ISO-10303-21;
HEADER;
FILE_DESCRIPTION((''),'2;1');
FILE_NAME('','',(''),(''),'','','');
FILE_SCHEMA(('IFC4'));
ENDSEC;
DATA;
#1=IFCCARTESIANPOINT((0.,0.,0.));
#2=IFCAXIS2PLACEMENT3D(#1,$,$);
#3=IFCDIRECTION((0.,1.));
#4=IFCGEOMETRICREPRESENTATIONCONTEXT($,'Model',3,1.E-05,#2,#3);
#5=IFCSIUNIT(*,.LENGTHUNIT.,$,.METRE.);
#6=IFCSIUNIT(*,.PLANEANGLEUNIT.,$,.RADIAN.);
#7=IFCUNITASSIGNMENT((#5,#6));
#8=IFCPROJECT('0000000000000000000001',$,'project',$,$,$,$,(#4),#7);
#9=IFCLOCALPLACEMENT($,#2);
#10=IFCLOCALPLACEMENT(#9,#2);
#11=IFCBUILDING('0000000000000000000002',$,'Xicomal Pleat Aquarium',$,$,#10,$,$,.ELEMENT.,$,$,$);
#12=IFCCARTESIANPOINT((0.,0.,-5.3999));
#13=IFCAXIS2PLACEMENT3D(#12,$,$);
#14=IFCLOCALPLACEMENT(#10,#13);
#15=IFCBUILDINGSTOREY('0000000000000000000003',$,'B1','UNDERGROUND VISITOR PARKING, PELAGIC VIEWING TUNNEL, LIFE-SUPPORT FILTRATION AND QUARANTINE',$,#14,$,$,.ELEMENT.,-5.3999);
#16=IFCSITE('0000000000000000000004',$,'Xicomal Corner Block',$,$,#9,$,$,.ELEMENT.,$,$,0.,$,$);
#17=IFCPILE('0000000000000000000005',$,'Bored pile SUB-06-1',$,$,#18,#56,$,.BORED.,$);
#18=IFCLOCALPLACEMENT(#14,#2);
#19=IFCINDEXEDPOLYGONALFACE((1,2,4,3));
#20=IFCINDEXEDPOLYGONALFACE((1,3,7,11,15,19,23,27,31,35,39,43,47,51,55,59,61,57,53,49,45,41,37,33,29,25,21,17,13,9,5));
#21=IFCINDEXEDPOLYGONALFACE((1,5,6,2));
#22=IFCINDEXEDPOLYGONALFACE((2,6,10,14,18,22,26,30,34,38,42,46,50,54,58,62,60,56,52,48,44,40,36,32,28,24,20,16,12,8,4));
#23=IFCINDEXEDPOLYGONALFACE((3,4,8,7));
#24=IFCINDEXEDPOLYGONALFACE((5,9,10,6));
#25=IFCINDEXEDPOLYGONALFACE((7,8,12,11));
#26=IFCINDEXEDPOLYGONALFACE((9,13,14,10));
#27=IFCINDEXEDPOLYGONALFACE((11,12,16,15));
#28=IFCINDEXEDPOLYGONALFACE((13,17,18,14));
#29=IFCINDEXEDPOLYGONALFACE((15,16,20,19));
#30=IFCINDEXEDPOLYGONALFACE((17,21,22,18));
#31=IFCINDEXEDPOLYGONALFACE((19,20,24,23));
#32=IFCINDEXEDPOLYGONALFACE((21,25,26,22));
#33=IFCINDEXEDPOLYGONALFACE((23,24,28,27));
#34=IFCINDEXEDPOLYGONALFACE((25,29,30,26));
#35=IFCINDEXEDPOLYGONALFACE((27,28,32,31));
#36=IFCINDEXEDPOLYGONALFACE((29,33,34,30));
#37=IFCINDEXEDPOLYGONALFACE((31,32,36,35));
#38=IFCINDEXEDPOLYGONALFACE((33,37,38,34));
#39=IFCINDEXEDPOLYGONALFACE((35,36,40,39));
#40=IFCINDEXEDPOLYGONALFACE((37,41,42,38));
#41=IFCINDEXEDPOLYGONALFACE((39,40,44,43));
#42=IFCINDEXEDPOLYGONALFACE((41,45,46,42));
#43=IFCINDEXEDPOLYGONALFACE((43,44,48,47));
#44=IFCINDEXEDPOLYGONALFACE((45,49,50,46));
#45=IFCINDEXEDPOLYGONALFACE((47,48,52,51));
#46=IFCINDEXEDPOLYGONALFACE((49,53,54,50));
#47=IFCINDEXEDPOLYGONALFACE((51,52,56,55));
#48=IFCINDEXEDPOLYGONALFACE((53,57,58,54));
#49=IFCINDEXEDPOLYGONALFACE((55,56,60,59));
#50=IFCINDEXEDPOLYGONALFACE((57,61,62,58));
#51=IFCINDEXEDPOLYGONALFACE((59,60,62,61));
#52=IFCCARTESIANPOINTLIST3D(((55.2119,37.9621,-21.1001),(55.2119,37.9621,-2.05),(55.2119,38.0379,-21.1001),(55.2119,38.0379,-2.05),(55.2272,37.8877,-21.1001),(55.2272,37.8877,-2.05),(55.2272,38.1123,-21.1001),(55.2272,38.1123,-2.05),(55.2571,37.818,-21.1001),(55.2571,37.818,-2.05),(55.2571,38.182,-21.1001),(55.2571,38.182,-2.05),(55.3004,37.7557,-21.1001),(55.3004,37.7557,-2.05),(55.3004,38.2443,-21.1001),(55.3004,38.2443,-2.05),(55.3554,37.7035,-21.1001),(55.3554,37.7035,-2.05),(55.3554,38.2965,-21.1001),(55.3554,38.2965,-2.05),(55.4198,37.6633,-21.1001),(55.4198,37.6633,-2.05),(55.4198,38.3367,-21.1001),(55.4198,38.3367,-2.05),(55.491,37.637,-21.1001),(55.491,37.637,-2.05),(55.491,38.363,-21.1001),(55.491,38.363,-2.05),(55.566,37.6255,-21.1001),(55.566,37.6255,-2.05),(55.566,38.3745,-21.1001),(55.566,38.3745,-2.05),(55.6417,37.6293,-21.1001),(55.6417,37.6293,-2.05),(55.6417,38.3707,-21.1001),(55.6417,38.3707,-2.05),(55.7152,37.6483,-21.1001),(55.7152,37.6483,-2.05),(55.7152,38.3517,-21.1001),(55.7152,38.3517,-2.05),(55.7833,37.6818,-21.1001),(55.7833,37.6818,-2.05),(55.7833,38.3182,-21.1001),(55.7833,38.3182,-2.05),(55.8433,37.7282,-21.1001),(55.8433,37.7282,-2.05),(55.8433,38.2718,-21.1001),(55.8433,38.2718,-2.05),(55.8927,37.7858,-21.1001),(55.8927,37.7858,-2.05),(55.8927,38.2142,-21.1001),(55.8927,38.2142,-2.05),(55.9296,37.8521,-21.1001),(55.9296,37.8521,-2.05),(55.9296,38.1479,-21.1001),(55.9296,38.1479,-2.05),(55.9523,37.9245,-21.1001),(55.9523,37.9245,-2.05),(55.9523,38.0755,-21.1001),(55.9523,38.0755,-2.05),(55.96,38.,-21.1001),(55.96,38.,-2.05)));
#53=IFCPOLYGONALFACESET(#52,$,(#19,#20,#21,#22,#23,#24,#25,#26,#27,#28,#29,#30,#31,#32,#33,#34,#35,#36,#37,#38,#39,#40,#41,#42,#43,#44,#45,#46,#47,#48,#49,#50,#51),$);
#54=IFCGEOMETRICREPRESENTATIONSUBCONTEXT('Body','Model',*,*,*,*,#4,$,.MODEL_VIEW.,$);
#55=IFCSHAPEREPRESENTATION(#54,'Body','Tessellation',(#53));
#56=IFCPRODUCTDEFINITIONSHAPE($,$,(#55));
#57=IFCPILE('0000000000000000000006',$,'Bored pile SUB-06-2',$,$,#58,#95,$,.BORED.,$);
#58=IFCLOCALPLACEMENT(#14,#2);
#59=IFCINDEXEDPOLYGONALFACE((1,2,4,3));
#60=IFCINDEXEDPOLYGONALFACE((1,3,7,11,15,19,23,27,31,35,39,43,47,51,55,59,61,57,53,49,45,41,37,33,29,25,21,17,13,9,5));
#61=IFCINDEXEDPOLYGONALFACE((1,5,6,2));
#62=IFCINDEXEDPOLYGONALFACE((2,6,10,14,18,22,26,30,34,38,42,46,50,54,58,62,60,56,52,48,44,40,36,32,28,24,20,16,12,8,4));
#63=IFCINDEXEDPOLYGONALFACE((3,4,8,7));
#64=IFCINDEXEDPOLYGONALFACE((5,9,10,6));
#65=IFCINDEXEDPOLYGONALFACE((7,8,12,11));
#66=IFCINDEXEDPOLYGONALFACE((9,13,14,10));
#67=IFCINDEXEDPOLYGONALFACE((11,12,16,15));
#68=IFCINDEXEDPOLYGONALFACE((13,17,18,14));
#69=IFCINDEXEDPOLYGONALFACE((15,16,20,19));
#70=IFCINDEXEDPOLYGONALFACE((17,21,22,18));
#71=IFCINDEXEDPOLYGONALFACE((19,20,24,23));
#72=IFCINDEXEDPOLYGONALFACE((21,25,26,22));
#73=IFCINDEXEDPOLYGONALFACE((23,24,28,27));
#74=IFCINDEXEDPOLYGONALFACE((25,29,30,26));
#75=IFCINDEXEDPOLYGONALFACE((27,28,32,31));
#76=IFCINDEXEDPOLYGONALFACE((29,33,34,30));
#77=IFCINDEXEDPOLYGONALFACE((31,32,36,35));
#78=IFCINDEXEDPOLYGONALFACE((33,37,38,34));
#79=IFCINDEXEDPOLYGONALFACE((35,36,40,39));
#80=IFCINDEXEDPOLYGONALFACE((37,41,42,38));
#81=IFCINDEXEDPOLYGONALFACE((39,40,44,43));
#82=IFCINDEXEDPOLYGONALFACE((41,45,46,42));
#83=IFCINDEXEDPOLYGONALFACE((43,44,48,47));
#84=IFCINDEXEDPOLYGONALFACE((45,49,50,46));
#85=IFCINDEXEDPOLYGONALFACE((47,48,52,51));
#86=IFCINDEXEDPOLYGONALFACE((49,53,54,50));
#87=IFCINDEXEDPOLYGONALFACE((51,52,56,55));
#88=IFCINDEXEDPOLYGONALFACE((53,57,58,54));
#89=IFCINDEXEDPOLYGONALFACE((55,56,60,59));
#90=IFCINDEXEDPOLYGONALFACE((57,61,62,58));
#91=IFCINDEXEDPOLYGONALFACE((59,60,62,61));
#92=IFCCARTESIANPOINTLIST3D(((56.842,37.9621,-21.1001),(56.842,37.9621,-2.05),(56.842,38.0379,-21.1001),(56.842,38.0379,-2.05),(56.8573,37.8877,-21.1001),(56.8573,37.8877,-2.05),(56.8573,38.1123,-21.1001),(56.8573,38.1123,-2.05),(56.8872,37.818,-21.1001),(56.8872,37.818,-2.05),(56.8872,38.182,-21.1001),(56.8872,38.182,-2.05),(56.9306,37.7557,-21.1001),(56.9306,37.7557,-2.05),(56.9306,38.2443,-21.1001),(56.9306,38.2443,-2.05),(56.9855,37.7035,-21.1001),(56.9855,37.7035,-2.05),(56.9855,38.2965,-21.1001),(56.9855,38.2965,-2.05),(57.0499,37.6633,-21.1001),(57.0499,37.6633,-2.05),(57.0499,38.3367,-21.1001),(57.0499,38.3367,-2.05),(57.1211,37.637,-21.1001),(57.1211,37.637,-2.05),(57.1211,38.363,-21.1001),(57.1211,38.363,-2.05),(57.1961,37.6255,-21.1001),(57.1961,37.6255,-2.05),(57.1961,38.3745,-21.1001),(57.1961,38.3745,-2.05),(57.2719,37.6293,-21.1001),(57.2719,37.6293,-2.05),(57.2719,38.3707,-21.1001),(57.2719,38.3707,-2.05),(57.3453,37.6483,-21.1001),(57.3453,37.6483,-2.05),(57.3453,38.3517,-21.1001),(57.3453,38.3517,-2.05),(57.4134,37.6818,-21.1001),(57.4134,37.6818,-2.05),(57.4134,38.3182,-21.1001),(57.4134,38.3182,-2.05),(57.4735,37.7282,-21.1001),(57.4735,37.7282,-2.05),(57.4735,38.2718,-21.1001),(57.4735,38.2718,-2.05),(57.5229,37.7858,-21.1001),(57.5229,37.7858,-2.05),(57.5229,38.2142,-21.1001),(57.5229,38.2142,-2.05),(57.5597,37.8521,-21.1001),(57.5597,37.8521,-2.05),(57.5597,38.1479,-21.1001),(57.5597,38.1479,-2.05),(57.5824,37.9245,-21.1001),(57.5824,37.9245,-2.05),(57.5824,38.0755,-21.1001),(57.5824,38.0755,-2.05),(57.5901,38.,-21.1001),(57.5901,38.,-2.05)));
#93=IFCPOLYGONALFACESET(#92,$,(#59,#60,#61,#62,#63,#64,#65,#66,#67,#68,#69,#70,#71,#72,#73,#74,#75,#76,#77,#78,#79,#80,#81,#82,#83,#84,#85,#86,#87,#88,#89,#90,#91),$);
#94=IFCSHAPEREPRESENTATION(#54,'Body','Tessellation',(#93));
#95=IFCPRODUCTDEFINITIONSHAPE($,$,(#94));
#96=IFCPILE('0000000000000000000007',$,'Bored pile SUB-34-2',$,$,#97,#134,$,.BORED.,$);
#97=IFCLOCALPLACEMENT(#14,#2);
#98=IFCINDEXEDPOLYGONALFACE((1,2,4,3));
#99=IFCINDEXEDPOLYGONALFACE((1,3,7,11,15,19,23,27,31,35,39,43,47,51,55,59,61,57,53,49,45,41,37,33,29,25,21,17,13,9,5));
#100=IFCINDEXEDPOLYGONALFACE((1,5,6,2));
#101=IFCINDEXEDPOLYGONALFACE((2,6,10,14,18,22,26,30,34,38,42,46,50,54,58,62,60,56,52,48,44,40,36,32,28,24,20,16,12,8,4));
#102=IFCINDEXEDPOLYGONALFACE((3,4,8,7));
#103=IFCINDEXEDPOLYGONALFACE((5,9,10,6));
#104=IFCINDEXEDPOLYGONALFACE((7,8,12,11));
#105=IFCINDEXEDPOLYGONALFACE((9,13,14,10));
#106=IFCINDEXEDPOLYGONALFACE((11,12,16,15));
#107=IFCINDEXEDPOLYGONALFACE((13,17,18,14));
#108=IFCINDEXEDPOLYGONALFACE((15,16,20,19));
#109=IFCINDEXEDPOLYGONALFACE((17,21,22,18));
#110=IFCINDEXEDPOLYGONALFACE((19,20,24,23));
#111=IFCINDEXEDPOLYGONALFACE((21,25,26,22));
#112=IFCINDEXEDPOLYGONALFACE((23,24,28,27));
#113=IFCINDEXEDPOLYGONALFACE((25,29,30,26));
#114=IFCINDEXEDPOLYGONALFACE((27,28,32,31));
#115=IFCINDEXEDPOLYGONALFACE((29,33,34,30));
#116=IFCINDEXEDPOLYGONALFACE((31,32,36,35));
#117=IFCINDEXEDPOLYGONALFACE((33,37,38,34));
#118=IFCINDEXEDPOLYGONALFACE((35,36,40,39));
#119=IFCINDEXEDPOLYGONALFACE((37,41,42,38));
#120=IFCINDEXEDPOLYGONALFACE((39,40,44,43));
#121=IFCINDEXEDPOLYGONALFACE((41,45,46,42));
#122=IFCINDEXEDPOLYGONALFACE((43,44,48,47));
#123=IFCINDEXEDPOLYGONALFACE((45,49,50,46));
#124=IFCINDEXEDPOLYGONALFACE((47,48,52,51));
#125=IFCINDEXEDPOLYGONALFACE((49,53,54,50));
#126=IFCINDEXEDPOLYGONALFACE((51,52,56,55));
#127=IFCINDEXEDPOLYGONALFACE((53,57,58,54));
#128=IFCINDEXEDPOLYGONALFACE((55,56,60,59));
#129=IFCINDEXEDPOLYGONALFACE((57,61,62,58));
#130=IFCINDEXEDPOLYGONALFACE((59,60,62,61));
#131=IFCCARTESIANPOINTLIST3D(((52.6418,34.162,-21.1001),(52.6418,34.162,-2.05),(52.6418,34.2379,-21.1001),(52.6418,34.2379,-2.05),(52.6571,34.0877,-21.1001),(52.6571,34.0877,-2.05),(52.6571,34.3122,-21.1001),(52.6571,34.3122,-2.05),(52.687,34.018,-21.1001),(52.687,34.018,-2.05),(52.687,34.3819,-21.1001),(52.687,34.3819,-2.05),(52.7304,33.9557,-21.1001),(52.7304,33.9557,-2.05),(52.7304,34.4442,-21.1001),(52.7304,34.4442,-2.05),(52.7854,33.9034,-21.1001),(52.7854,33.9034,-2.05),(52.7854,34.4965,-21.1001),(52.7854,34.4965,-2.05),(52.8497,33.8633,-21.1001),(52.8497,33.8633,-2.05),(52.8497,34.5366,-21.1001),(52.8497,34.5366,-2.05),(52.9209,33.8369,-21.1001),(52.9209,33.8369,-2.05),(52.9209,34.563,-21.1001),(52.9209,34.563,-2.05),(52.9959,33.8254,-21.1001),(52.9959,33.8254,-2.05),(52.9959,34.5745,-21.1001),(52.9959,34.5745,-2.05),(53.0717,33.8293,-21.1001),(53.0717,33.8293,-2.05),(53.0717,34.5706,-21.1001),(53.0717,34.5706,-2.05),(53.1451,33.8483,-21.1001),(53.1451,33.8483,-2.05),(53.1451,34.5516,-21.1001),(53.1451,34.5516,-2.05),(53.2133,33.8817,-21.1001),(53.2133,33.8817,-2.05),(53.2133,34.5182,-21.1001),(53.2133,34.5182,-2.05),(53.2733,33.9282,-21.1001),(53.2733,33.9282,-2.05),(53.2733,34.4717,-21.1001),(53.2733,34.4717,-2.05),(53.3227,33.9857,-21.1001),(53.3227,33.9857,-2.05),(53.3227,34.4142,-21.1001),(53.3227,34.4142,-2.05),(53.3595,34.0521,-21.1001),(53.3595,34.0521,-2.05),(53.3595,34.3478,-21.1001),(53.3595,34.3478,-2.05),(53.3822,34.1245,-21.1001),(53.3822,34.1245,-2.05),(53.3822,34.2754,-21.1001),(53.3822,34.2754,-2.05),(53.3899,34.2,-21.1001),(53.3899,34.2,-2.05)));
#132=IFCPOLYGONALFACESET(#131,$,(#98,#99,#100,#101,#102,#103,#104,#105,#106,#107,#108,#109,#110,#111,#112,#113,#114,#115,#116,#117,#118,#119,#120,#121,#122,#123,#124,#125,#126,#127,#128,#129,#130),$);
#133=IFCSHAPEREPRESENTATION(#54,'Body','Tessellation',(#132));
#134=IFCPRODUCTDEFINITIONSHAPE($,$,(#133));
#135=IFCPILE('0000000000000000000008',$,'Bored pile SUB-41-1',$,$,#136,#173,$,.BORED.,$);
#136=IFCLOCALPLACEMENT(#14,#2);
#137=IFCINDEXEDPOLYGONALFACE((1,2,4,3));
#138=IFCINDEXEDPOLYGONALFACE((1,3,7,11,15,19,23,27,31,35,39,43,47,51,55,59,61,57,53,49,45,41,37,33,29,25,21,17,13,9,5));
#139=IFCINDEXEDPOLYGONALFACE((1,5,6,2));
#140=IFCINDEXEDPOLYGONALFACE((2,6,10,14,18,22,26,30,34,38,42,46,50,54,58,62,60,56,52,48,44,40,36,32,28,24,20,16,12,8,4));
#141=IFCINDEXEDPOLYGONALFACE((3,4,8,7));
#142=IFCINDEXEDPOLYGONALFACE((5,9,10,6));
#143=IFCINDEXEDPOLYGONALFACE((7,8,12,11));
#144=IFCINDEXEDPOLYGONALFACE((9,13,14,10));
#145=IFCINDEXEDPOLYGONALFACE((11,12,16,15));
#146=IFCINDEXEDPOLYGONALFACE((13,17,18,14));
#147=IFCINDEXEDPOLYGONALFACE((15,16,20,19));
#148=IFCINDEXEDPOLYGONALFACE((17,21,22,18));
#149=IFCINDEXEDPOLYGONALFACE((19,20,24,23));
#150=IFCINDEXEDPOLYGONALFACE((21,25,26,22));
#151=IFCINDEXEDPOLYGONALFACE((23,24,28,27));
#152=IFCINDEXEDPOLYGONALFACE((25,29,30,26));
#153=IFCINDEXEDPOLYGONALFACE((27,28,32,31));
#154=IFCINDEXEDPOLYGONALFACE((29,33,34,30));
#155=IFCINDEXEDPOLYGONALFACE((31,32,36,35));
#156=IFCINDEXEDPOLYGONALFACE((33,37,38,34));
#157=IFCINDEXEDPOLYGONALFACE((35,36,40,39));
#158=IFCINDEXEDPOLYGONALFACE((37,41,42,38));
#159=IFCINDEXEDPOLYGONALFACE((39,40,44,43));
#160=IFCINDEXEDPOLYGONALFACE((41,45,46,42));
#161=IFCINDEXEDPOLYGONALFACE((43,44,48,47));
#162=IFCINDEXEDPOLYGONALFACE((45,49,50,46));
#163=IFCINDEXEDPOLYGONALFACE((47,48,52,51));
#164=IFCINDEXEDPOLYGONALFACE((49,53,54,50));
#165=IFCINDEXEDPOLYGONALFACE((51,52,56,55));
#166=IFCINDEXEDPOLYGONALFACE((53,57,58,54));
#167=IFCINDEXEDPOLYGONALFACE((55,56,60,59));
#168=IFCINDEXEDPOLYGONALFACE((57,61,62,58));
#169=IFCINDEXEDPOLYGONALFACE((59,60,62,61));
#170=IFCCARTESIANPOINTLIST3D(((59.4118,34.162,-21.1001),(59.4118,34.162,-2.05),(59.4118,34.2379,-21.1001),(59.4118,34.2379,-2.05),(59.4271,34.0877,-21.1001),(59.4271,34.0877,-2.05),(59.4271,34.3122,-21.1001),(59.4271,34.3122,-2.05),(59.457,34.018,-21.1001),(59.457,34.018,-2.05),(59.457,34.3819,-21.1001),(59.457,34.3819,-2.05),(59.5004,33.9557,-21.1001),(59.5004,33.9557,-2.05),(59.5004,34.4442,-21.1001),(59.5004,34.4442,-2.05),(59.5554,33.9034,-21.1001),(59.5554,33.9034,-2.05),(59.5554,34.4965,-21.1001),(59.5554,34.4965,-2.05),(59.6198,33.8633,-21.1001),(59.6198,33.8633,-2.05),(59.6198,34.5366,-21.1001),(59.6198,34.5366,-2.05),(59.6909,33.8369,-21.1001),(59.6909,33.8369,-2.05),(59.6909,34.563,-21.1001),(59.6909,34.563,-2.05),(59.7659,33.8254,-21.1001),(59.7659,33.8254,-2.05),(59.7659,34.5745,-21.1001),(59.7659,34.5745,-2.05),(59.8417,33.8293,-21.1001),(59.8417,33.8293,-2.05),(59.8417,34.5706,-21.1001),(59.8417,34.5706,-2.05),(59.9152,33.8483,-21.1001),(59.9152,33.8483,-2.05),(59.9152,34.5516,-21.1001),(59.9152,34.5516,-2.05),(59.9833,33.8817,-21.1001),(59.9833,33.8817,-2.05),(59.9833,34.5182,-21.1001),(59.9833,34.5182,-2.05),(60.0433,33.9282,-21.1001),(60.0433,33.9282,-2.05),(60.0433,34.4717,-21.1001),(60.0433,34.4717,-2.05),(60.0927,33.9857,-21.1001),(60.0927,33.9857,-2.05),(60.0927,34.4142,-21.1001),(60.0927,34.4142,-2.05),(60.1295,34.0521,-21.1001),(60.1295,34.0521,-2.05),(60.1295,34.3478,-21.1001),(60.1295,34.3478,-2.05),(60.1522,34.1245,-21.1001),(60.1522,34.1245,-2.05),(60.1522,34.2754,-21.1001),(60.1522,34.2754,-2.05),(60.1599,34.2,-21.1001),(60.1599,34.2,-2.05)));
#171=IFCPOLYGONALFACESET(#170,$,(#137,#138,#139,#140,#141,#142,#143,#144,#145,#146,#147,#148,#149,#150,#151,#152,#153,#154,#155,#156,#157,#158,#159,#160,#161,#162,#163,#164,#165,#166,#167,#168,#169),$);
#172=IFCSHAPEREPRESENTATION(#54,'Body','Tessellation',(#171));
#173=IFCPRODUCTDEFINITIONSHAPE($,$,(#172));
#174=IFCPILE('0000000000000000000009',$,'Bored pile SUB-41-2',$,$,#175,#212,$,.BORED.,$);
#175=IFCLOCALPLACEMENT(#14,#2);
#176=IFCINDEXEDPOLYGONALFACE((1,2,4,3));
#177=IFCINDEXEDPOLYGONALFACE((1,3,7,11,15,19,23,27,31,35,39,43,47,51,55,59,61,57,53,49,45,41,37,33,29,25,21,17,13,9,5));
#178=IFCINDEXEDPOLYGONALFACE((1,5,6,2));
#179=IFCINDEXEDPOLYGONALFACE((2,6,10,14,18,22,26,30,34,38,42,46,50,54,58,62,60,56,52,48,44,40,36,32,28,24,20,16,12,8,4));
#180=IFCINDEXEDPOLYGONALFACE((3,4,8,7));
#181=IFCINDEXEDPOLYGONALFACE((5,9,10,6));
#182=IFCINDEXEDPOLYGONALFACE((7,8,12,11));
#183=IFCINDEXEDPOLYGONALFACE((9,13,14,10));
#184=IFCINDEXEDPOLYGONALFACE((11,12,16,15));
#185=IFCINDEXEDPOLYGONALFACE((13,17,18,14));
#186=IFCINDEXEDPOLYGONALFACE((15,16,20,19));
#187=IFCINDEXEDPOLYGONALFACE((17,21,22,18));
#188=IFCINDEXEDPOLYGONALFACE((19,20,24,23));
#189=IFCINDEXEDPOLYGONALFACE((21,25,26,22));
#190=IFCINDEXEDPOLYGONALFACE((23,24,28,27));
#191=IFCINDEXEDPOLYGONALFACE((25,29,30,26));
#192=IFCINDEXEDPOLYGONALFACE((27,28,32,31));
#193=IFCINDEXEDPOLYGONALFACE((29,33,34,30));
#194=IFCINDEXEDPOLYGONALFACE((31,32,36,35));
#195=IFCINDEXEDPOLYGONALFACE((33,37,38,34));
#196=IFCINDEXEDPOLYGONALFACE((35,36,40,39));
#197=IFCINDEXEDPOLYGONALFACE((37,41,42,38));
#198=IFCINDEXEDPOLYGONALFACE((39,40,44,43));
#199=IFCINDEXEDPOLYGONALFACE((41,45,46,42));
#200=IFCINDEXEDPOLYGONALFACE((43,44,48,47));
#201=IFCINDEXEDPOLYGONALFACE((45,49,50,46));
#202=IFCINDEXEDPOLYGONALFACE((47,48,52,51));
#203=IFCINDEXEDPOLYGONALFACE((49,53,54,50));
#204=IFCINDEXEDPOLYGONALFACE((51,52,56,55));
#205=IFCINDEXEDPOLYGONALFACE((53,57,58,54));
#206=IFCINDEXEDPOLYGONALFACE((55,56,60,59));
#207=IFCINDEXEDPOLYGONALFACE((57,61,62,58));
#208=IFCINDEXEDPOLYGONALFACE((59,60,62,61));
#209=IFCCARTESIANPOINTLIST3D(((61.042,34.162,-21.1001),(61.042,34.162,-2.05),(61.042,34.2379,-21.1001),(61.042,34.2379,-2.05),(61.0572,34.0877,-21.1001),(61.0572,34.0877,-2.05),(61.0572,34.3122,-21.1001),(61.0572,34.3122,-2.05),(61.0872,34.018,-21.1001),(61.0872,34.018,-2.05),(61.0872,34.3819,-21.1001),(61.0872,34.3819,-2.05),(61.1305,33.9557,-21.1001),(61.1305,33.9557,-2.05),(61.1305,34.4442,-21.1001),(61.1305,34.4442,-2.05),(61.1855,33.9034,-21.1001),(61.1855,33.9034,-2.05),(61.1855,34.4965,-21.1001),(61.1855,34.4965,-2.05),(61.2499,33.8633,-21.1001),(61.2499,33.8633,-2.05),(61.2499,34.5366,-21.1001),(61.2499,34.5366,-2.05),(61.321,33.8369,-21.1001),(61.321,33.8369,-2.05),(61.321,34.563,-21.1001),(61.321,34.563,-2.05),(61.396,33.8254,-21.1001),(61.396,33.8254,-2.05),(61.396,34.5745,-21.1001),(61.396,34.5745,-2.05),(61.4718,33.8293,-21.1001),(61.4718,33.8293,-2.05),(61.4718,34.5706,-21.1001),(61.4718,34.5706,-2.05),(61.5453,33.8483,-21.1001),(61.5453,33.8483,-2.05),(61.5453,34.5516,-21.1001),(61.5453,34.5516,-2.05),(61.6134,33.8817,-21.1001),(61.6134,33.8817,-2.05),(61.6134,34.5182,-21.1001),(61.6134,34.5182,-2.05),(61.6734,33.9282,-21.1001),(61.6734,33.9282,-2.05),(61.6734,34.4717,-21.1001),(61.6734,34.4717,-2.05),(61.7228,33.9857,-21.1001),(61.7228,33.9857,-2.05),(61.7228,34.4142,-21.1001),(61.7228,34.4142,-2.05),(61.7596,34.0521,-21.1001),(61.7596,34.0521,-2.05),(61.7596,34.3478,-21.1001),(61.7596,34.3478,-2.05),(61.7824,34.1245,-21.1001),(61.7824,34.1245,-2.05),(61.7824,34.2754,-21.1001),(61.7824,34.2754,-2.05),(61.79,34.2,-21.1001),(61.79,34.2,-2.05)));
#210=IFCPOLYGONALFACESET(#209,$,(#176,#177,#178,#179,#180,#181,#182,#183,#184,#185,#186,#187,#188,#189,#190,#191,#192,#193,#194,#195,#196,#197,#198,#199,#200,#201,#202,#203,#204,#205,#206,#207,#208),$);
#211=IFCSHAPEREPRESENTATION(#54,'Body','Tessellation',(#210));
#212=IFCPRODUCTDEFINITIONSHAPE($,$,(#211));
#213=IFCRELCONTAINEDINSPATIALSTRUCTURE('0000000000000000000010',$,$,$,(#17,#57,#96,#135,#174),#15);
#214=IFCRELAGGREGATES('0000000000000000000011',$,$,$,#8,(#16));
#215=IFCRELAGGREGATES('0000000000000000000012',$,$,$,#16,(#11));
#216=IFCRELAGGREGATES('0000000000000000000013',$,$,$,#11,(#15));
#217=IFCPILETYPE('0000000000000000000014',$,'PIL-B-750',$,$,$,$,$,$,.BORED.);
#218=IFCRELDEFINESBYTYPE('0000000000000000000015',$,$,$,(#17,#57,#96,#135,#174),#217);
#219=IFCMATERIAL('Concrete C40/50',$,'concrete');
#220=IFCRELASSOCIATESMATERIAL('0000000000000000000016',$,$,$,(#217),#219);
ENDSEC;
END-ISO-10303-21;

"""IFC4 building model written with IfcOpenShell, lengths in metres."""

from ifc_helpers import new_model, si_unit, direction, frame, origin, origin_2d, place, context, subcontext, project, spatial, circle, extrude, material, material_profile, profile_set, type_object, element, save


model = new_model("IFC4")

# Units and contexts
model_context = context("Model", 3, precision=1e-05, world=origin(), true_north=direction((0.0, 1.0)))
body_context = subcontext(model_context, "Body", "Model", "MODEL_VIEW")
ifc_project = project(units=[si_unit("LENGTHUNIT", "METRE"), si_unit("PLANEANGLEUNIT", "RADIAN")], contexts=[model_context])

# Site, building, storey
site_placement = place(None, origin())
site = spatial("IfcSite", under=ifc_project, at=site_placement, Name="Xicomal Corner Block", CompositionType="ELEMENT", RefElevation=0.0)
building_placement = place(site_placement, origin())
building = spatial("IfcBuilding", under=site, at=building_placement, Name="Xicomal Pleat Aquarium", CompositionType="ELEMENT")
storey_placement = place(building_placement, frame((0.0, 0.0, -5.3999)))
storey = spatial("IfcBuildingStorey", under=building, at=storey_placement, Name="B1", Description="UNDERGROUND VISITOR PARKING, PELAGIC VIEWING TUNNEL, LIFE-SUPPORT FILTRATION AND QUARANTINE", CompositionType="ELEMENT", Elevation=-5.3999)

# Piles
ifc_material_1 = material(Name="Concrete C40/50", Category="concrete")
ifc_material_profile_1 = material_profile(ifc_material_1, circle(Radius=0.375, at=origin_2d()), Name="BORED PILE D750")
ifc_profile_set_1 = profile_set([ifc_material_profile_1], Name="Concrete C40/50")
pile_type_1 = type_object("IfcPileType", Name="PIL-B-750", PredefinedType="BORED", material=ifc_profile_set_1)
for number, where, z_axis, x_axis, name in (
    (1, (55.585, 38.0, -2.05), (0.0, 0.0, -1.0), (1.0, 0.0, 0.0), "Bored pile SUB-06-1"),
    (2, (57.2151, 38.0, -2.05), (0.0, 0.0, -1.0), (1.0, 0.0, 0.0), "Bored pile SUB-06-2"),
    (3, (53.0149, 34.2, -2.05), (0.0, 0.0, -1.0), (1.0, 0.0, 0.0), "Bored pile SUB-34-2"),
    (4, (59.7849, 34.2, -2.05), (0.0, 0.0, -1.0), (1.0, 0.0, 0.0), "Bored pile SUB-41-1"),
    (5, (61.415, 34.2, -2.05), (0.0, 0.0, -1.0), (1.0, 0.0, 0.0), "Bored pile SUB-41-2"),
):
    element("IfcPile", number, at=place(storey_placement, frame(where, z_axis=z_axis, x_axis=x_axis)), inside=storey, type_object=pile_type_1, Name=name, PredefinedType="BORED", context=body_context, shape_type="SweptSolid", body=[
        extrude(circle(Radius=0.375, at=origin_2d()), origin(), (0.0, 0.0, 1.0), 19.05),
    ])

save(model, "model.ifc")
